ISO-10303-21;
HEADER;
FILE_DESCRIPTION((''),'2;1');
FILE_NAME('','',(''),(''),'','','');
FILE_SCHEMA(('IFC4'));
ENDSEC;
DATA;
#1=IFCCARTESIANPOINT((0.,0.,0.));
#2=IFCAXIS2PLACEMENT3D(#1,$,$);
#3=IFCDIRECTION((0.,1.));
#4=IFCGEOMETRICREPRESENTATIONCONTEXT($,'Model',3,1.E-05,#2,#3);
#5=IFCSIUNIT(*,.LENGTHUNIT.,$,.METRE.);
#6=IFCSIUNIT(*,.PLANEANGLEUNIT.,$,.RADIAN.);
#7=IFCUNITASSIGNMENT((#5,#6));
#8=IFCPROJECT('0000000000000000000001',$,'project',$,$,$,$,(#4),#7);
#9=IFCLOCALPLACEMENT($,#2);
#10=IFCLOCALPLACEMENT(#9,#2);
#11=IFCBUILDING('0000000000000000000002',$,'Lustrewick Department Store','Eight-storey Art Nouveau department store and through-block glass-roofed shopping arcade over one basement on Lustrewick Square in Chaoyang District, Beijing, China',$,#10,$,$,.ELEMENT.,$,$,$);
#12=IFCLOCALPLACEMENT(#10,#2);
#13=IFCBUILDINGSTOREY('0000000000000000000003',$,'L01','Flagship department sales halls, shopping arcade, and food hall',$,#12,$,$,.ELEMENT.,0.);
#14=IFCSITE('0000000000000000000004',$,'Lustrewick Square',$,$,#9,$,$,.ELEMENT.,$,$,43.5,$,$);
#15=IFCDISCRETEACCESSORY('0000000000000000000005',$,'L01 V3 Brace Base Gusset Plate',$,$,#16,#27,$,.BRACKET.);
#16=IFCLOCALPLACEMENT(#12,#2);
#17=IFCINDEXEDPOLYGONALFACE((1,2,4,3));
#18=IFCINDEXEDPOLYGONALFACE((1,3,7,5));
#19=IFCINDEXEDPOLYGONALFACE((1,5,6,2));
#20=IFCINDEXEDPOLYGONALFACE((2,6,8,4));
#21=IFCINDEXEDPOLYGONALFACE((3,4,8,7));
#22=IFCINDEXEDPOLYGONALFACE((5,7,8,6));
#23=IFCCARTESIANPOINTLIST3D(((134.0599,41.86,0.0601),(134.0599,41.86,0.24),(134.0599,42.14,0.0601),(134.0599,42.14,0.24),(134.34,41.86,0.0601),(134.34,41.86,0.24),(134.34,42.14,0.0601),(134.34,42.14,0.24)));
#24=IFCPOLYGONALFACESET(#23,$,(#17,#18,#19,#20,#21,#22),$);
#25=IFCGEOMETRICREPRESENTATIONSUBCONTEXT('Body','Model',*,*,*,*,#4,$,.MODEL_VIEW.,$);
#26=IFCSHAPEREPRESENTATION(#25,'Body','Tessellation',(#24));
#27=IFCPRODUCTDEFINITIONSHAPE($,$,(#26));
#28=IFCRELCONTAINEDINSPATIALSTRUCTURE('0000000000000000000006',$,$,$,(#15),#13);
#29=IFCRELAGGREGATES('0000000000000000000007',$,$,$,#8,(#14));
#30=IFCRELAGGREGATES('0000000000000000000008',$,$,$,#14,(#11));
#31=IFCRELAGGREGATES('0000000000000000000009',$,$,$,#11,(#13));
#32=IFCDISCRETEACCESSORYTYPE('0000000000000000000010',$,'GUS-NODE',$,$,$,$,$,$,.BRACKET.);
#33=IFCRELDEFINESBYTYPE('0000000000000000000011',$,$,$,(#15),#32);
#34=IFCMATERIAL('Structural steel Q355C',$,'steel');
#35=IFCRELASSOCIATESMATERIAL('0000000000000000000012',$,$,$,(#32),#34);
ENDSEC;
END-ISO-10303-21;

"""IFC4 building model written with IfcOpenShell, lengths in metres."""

from ifc_helpers import new_model, si_unit, direction, frame, origin, origin_2d, place, context, subcontext, project, spatial, rectangle, extrude, material, type_object, element, save


model = new_model("IFC4")

# Units and contexts
model_context = context("Model", 3, precision=1e-05, world=origin(), true_north=direction((0.0, 1.0)))
body_context = subcontext(model_context, "Body", "Model", "MODEL_VIEW")
ifc_project = project(units=[si_unit("LENGTHUNIT", "METRE"), si_unit("PLANEANGLEUNIT", "RADIAN")], contexts=[model_context])

# Site, building, storey
site_placement = place(None, origin())
site = spatial("IfcSite", under=ifc_project, at=site_placement, Name="Lustrewick Square", CompositionType="ELEMENT", RefElevation=43.5)
building_placement = place(site_placement, origin())
building = spatial("IfcBuilding", under=site, at=building_placement, Name="Lustrewick Department Store", Description="Eight-storey Art Nouveau department store and through-block glass-roofed shopping arcade over one basement on Lustrewick Square in Chaoyang District, Beijing, China", CompositionType="ELEMENT")
storey_placement = place(building_placement, origin())
storey = spatial("IfcBuildingStorey", under=building, at=storey_placement, Name="L01", Description="Flagship department sales halls, shopping arcade, and food hall", CompositionType="ELEMENT", Elevation=0.0)

# Shared definitions
ifc_material_1 = material(Name="Structural steel Q355C", Category="steel")

# Discrete accessory
discrete_accessory_type = type_object("IfcDiscreteAccessoryType", Name="GUS-NODE", PredefinedType="BRACKET", material=ifc_material_1)
discrete_accessory_placement = place(storey_placement, frame((134.2, 42.0, 0.0601), z_axis=(0.0, 0.0, 1.0), x_axis=(1.0, 0.0, 0.0)))
element("IfcDiscreteAccessory", 1, at=discrete_accessory_placement, inside=storey, type_object=discrete_accessory_type, Name="L01 V3 Brace Base Gusset Plate", PredefinedType="BRACKET", context=body_context, shape_type="SweptSolid", body=[
    extrude(rectangle(XDim=0.28, YDim=0.28, at=origin_2d()), origin(), (0.0, 0.0, 1.0), 0.1799),
])

save(model, "model.ifc")
